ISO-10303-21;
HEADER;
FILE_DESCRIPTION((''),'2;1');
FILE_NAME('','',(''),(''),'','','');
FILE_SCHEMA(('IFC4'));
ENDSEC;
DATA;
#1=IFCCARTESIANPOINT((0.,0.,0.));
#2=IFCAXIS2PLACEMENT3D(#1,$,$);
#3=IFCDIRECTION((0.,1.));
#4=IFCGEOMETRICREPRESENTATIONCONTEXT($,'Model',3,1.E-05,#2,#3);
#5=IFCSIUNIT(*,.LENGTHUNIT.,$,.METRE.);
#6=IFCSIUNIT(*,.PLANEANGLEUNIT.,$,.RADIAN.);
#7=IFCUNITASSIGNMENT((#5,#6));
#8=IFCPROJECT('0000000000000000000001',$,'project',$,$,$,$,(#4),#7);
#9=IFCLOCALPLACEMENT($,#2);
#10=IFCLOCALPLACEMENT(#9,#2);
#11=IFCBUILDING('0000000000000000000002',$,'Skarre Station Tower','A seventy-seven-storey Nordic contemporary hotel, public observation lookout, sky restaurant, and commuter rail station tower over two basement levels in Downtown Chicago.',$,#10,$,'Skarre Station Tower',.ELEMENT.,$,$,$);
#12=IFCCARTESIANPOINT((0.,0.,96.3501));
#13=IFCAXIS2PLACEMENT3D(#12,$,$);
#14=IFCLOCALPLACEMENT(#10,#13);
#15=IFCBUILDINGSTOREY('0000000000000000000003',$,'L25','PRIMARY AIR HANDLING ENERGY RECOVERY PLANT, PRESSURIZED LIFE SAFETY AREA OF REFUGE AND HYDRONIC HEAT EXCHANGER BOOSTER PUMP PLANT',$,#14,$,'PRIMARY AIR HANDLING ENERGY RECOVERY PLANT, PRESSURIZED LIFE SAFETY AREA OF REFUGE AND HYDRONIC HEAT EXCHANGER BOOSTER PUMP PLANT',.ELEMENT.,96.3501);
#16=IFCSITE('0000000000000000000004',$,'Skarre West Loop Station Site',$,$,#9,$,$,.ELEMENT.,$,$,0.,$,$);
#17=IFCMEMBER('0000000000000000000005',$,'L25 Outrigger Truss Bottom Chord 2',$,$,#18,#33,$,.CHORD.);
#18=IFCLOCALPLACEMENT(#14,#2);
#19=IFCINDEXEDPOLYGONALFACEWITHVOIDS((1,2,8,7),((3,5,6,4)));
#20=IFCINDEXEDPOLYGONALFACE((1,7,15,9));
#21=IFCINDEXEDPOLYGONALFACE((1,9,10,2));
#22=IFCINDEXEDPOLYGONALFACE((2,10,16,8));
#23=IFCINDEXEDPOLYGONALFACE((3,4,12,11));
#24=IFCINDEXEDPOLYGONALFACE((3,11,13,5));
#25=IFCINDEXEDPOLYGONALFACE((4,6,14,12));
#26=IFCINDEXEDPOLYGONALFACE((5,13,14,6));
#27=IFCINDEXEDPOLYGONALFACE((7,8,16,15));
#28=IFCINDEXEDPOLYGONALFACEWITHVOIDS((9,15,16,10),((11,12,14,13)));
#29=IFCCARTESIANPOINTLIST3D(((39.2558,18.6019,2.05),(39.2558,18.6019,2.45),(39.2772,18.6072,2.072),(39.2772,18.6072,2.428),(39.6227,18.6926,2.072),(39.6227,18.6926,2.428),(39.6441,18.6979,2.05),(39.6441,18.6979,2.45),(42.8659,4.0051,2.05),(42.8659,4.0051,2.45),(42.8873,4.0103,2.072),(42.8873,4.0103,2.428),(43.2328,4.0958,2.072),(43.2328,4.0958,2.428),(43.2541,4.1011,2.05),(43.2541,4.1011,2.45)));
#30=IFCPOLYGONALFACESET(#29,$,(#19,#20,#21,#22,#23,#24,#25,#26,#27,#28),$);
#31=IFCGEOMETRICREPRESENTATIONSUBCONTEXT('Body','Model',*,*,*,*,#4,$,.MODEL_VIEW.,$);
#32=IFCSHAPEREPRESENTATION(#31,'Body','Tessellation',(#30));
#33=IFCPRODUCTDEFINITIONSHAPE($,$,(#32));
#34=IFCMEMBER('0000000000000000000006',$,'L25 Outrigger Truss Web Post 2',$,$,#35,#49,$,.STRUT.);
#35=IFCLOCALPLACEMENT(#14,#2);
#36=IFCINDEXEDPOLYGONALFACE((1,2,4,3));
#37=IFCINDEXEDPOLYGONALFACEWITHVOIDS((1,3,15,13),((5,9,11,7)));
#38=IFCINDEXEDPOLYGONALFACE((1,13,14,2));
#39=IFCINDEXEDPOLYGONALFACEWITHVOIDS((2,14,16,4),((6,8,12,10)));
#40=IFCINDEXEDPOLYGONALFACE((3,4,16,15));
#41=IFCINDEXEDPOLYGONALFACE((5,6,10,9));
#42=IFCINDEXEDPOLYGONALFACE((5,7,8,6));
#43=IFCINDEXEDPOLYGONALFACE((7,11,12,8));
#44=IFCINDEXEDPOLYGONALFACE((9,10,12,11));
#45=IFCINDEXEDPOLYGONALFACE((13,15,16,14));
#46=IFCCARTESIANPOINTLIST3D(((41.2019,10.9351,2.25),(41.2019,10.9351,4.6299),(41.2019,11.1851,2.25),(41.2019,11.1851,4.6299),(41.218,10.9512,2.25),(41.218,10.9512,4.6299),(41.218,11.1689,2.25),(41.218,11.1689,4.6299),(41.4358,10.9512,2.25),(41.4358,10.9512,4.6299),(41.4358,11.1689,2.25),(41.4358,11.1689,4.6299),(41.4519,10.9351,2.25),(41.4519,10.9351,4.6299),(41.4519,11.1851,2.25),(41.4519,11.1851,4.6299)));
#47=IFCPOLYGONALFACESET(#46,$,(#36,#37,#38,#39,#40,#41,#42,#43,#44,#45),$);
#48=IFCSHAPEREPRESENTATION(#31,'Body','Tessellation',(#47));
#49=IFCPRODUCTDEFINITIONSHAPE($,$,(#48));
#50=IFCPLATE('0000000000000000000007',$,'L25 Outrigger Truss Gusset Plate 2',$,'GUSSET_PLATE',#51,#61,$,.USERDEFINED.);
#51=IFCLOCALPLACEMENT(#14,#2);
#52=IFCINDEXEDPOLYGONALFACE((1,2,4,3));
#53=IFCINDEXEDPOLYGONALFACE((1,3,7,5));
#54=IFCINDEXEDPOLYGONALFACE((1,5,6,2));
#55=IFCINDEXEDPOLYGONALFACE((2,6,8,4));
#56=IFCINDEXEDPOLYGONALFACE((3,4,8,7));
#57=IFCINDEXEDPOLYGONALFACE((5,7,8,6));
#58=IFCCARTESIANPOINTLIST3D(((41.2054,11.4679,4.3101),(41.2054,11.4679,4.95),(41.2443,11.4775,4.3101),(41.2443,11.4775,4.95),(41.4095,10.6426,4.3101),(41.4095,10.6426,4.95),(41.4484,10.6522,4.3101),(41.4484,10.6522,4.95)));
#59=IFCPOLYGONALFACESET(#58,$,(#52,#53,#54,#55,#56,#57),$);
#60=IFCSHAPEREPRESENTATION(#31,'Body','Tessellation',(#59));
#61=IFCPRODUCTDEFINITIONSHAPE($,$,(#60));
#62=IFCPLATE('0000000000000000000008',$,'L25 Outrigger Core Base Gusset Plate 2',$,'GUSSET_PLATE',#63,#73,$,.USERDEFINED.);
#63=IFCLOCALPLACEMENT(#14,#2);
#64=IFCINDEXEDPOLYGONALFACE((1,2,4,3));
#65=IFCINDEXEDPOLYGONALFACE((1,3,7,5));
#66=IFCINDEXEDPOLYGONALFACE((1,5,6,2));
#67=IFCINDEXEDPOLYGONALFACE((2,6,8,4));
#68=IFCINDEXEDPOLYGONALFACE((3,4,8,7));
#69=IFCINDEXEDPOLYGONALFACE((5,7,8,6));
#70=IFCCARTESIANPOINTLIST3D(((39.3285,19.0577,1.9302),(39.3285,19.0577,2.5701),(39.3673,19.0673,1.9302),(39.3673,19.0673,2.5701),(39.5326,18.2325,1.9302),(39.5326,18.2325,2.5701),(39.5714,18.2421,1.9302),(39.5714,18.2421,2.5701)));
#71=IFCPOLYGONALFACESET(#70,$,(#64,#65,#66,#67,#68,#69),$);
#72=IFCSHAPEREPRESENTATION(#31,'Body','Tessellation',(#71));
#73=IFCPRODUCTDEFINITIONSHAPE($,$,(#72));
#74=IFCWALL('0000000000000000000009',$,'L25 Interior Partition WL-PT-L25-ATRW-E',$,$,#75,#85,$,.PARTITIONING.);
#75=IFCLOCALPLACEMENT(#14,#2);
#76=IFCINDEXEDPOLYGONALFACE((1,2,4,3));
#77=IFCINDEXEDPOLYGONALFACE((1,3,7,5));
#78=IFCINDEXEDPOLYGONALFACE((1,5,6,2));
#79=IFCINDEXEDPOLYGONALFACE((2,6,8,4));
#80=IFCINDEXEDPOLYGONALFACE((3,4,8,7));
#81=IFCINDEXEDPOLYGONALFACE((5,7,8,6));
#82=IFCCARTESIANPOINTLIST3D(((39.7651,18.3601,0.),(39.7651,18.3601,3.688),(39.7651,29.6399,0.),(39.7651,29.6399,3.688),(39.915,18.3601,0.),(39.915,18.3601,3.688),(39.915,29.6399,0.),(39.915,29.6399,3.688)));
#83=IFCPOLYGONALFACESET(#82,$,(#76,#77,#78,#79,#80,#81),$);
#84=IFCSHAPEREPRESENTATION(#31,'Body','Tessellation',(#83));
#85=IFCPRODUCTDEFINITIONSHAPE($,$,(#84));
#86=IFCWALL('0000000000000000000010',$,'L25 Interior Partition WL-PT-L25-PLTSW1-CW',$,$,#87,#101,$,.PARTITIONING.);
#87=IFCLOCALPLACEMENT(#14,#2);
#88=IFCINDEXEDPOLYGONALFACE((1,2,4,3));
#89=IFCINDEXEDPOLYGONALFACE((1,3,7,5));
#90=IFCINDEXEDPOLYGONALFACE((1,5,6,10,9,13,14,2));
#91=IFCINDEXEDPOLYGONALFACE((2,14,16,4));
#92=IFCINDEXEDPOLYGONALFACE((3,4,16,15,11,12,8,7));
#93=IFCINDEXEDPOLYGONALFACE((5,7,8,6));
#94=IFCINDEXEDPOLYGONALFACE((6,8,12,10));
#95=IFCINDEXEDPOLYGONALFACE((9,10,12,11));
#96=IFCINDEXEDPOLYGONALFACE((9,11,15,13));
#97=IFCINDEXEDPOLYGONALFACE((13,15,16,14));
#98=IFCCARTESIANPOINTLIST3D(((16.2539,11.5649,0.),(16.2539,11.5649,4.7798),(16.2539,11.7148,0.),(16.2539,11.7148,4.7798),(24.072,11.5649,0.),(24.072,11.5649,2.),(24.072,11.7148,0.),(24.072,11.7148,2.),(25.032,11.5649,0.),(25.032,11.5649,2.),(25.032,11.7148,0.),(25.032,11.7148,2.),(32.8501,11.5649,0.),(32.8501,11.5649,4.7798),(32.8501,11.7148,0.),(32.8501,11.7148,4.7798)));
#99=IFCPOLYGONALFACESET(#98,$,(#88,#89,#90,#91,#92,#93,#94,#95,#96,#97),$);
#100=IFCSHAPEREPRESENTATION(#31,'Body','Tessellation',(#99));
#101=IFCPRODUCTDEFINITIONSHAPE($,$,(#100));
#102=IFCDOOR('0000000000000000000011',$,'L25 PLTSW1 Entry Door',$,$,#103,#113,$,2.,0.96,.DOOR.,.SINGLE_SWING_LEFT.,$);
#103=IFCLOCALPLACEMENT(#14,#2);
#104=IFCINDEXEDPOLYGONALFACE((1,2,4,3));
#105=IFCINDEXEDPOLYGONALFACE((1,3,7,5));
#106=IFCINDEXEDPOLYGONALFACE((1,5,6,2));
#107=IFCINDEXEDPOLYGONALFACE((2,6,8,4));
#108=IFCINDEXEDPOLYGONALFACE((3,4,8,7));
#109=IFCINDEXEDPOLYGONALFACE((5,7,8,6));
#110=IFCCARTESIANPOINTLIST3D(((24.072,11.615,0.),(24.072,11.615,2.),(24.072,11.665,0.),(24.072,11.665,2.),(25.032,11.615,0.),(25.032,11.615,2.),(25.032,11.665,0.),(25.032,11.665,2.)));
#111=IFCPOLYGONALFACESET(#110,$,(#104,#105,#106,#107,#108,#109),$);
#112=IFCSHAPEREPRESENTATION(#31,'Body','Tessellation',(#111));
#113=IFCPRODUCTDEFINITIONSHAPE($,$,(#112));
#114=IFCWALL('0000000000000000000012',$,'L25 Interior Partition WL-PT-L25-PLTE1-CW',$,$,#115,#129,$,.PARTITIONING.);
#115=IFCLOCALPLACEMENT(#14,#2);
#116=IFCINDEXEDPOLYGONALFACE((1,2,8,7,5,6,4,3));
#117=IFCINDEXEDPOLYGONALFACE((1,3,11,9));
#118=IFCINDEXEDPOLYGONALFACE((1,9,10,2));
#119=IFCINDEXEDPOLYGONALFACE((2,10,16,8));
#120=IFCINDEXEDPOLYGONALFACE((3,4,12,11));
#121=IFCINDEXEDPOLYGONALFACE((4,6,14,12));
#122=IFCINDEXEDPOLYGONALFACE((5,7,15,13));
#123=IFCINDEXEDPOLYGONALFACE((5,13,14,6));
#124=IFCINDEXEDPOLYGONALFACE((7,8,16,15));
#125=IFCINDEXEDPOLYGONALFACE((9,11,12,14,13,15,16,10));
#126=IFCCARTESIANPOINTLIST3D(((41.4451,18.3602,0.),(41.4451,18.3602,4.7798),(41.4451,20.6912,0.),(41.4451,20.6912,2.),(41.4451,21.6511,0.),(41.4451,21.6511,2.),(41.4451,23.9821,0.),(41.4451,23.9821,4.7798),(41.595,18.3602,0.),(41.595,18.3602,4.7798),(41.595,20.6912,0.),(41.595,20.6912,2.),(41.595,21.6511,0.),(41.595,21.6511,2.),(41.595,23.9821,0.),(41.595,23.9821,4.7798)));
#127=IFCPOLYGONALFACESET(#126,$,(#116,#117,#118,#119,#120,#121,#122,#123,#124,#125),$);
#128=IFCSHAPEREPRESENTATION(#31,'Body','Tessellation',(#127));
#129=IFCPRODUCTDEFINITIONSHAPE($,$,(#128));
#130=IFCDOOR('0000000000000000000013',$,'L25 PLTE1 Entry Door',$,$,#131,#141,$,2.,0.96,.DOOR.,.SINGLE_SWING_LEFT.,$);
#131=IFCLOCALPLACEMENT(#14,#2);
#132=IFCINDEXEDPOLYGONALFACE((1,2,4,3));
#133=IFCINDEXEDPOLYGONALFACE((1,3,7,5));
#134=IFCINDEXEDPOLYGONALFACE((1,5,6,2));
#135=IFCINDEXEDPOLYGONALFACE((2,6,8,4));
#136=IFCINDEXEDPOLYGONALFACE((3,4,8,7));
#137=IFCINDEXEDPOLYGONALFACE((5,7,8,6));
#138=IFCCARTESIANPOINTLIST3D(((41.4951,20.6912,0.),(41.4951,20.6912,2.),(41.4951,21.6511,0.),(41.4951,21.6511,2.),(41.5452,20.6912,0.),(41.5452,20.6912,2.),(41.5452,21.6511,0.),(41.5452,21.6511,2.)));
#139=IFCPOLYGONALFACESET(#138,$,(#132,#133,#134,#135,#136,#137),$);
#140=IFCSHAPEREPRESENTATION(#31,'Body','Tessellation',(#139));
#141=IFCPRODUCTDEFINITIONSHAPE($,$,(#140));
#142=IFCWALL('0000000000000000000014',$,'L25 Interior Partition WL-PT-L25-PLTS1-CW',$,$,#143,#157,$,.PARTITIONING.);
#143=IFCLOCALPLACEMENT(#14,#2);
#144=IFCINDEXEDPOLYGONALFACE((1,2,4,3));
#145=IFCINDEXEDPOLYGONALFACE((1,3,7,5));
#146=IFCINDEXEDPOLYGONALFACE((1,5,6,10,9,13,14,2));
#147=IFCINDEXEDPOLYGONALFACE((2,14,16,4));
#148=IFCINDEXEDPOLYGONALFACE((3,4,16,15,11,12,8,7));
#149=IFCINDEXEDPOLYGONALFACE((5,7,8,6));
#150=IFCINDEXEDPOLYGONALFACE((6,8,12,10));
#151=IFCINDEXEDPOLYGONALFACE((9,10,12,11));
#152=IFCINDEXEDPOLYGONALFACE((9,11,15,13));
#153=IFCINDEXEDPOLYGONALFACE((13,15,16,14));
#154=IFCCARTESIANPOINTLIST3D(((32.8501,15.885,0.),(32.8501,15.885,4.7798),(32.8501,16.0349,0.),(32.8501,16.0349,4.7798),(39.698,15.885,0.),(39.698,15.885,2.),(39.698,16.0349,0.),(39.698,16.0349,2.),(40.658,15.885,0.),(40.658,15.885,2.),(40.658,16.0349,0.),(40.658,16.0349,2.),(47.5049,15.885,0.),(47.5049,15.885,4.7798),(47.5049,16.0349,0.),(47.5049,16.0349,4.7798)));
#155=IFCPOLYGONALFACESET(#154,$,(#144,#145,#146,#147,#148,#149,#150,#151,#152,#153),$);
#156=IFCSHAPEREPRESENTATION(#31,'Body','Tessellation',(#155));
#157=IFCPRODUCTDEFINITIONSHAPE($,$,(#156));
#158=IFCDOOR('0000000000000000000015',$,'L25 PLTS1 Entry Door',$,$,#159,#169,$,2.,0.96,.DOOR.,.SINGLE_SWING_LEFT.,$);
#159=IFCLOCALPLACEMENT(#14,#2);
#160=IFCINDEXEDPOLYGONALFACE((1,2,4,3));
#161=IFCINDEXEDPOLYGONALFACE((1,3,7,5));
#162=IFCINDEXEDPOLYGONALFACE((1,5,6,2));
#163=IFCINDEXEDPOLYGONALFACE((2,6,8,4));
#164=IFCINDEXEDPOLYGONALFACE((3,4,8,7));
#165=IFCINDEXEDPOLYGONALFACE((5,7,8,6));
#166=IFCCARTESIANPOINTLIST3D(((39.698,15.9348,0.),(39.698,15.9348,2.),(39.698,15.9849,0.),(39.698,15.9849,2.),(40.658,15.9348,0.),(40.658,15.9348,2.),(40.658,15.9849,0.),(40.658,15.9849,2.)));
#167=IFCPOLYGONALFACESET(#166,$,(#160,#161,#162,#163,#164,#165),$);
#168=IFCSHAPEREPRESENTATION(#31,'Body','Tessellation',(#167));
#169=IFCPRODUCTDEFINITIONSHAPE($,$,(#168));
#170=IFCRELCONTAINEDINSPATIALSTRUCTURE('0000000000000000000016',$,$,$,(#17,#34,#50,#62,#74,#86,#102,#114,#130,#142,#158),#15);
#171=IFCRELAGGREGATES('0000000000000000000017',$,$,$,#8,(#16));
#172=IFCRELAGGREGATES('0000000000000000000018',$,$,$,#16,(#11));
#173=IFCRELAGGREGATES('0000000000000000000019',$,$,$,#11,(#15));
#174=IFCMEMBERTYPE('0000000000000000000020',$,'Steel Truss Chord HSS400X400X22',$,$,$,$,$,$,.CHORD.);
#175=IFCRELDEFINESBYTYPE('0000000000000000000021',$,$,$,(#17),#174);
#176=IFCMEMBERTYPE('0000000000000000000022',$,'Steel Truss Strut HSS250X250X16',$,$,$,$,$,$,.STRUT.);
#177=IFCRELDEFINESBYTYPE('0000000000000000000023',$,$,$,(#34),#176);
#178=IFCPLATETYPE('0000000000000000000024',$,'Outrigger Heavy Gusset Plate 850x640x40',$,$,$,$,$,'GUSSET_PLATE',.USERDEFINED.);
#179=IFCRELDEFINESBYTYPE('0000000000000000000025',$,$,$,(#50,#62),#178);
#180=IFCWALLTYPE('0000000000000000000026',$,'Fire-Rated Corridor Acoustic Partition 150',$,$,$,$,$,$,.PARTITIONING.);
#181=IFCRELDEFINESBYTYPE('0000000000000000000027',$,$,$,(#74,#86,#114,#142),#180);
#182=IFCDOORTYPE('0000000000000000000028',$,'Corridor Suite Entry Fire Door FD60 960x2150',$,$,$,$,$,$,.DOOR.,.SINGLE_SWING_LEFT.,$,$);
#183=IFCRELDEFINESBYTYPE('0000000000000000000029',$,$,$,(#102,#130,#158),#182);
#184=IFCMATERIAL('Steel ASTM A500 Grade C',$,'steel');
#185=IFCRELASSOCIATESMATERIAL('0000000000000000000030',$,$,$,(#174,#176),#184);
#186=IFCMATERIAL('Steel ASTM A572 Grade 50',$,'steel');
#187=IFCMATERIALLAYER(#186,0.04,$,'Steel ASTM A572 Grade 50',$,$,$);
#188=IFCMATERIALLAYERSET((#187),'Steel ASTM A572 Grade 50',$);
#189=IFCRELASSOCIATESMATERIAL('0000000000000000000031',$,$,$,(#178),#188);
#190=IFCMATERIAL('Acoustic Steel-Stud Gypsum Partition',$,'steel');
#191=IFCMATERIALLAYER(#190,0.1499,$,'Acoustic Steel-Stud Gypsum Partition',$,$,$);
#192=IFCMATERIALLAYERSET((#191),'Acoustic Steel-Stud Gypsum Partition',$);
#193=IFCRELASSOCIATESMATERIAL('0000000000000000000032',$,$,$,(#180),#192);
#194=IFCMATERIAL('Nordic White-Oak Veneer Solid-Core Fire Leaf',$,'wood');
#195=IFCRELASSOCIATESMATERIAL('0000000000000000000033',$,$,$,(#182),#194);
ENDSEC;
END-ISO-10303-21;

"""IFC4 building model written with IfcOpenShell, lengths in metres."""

from ifc_helpers import new_model, si_unit, direction, frame, frame_2d, origin, origin_2d, place, context, subcontext, project, spatial, rectangle, hollow_rectangle, extrude, material, layer, layer_set, material_profile, profile_set, type_object, element, fill, save


model = new_model("IFC4")

# Units and contexts
model_context = context("Model", 3, precision=1e-05, world=origin(), true_north=direction((0.0, 1.0)))
body_context = subcontext(model_context, "Body", "Model", "MODEL_VIEW")
ifc_project = project(units=[si_unit("LENGTHUNIT", "METRE"), si_unit("PLANEANGLEUNIT", "RADIAN")], contexts=[model_context])

# Site, building, storey
site_placement = place(None, origin())
site = spatial("IfcSite", under=ifc_project, at=site_placement, Name="Skarre West Loop Station Site", CompositionType="ELEMENT", RefElevation=0.0)
building_placement = place(site_placement, origin())
building = spatial("IfcBuilding", under=site, at=building_placement, Name="Skarre Station Tower", Description="A seventy-seven-storey Nordic contemporary hotel, public observation lookout, sky restaurant, and commuter rail station tower over two basement levels in Downtown Chicago.", LongName="Skarre Station Tower", CompositionType="ELEMENT")
storey_placement = place(building_placement, frame((0.0, 0.0, 96.3501)))
storey = spatial("IfcBuildingStorey", under=building, at=storey_placement, Name="L25", Description="PRIMARY AIR HANDLING ENERGY RECOVERY PLANT, PRESSURIZED LIFE SAFETY AREA OF REFUGE AND HYDRONIC HEAT EXCHANGER BOOSTER PUMP PLANT", LongName="PRIMARY AIR HANDLING ENERGY RECOVERY PLANT, PRESSURIZED LIFE SAFETY AREA OF REFUGE AND HYDRONIC HEAT EXCHANGER BOOSTER PUMP PLANT", CompositionType="ELEMENT", Elevation=96.3501)

# Members
ifc_material_1 = material(Name="Steel ASTM A500 Grade C", Category="steel")
ifc_material_profile_1 = material_profile(ifc_material_1, hollow_rectangle(XDim=0.3999, YDim=0.3999, WallThickness=0.022, at=origin_2d()), Name="Steel ASTM A500 Grade C")
ifc_profile_set_1 = profile_set([ifc_material_profile_1], Name="Steel ASTM A500 Grade C")
member_type_1 = type_object("IfcMemberType", Name="Steel Truss Chord HSS400X400X22", PredefinedType="CHORD", material=ifc_profile_set_1)
member_1_placement = place(storey_placement, frame((39.45, 18.6499, 2.25), z_axis=(0.240086, -0.970752, 0.0), x_axis=(0.970752, 0.240086, 0.0)))
element("IfcMember", 1, at=member_1_placement, inside=storey, type_object=member_type_1, Name="L25 Outrigger Truss Bottom Chord 2", PredefinedType="CHORD", context=body_context, shape_type="SweptSolid", body=[
    extrude(hollow_rectangle(XDim=0.3999, YDim=0.3999, WallThickness=0.022, at=origin_2d()), origin(), (0.0, 0.0, 1.0), 15.0366),
])
ifc_material_profile_2 = material_profile(ifc_material_1, hollow_rectangle(XDim=0.25, YDim=0.25, WallThickness=0.0161, at=origin_2d()), Name="Steel ASTM A500 Grade C")
ifc_profile_set_2 = profile_set([ifc_material_profile_2], Name="Steel ASTM A500 Grade C")
member_type_2 = type_object("IfcMemberType", Name="Steel Truss Strut HSS250X250X16", PredefinedType="STRUT", material=ifc_profile_set_2)
member_2_placement = place(storey_placement, frame((41.3269, 11.0601, 2.25), z_axis=(0.0, 0.0, 1.0), x_axis=(1.0, 0.0, 0.0)))
element("IfcMember", 2, at=member_2_placement, inside=storey, type_object=member_type_2, Name="L25 Outrigger Truss Web Post 2", PredefinedType="STRUT", context=body_context, shape_type="SweptSolid", body=[
    extrude(hollow_rectangle(XDim=0.25, YDim=0.25, WallThickness=0.0161, at=origin_2d()), origin(), (0.0, 0.0, 1.0), 2.3799),
])

# Plates
ifc_material_2 = material(Name="Steel ASTM A572 Grade 50", Category="steel")
ifc_layer_1 = layer(ifc_material_2, 0.04, Name="Steel ASTM A572 Grade 50")
ifc_layer_set_1 = layer_set([ifc_layer_1], Name="Steel ASTM A572 Grade 50")
plate_type = type_object("IfcPlateType", Name="Outrigger Heavy Gusset Plate 850x640x40", ElementType="GUSSET_PLATE", PredefinedType="USERDEFINED", material=ifc_layer_set_1)
for number, where, z_axis, x_axis, name in (
    (3, (41.3269, 11.0601, 4.3101), (0.0, 0.0, 1.0), (0.240076, -0.970754, 0.0), "L25 Outrigger Truss Gusset Plate 2"),
    (4, (39.45, 18.6499, 1.9302), (0.0, 0.0, 1.0), (0.240076, -0.970754, 0.0), "L25 Outrigger Core Base Gusset Plate 2"),
):
    element("IfcPlate", number, at=place(storey_placement, frame(where, z_axis=z_axis, x_axis=x_axis)), inside=storey, type_object=plate_type, Name=name, ObjectType="GUSSET_PLATE", PredefinedType="USERDEFINED", context=body_context, shape_type="SweptSolid", body=[
        extrude(rectangle(XDim=0.8501, YDim=0.04, at=origin_2d()), origin(), (0.0, 0.0, 1.0), 0.6399),
    ])

# Wall
ifc_material_3 = material(Name="Acoustic Steel-Stud Gypsum Partition", Category="steel")
ifc_layer_2 = layer(ifc_material_3, 0.1499, Name="Acoustic Steel-Stud Gypsum Partition")
ifc_layer_set_2 = layer_set([ifc_layer_2], Name="Acoustic Steel-Stud Gypsum Partition")
wall_type_1 = type_object("IfcWallType", Name="Fire-Rated Corridor Acoustic Partition 150", PredefinedType="PARTITIONING", material=ifc_layer_set_2)
wall_1_placement = place(storey_placement, frame((39.8401, 18.3601, 0.0), z_axis=(0.0, 0.0, 1.0), x_axis=(0.0, 1.0, 0.0)))
element("IfcWall", 5, at=wall_1_placement, inside=storey, type_object=wall_type_1, Name="L25 Interior Partition WL-PT-L25-ATRW-E", PredefinedType="PARTITIONING", context=body_context, shape_type="SweptSolid", body=[
    extrude(rectangle(XDim=11.2798, YDim=0.1499, at=frame_2d((5.6399, 0.0))), origin(), (0.0, 0.0, 1.0), 3.688),
])

# Walls, openings, doors
wall_2_placement = place(storey_placement, frame((32.8501, 11.6399, 0.0), z_axis=(0.0, 0.0, 1.0), x_axis=(-1.0, 0.0, 0.0)))
wall_2 = element("IfcWall", 6, at=wall_2_placement, inside=storey, type_object=wall_type_1, Name="L25 Interior Partition WL-PT-L25-PLTSW1-CW", PredefinedType="PARTITIONING", context=body_context, shape_type="SweptSolid", body=[
    extrude(rectangle(XDim=16.5962, YDim=0.1499, at=frame_2d((8.2981, 0.0))), origin(), (0.0, 0.0, 1.0), 4.7798),
])
opening_1_placement = place(wall_2_placement, frame((7.8181, 0.0, 0.0)))
opening_1 = element("IfcOpeningElement", 7, at=opening_1_placement, cuts=wall_2, PredefinedType="OPENING", context=body_context, shape_type="SweptSolid", body=[
    extrude(rectangle(XDim=0.96, YDim=2.0, at=frame_2d((0.48, 1.0))), frame((0.0, 0.085, 0.0), z_axis=(0.0, -1.0, 0.0), x_axis=(1.0, 0.0, 0.0)), (0.0, 0.0, 1.0), 0.1699),
])
ifc_material_4 = material(Name="Nordic White-Oak Veneer Solid-Core Fire Leaf", Category="wood")
door_type_1 = type_object("IfcDoorType", Name="Corridor Suite Entry Fire Door FD60 960x2150", OperationType="SINGLE_SWING_LEFT", PredefinedType="DOOR", material=ifc_material_4)
door_1_placement = place(opening_1_placement, origin())
door_1 = element("IfcDoor", 8, at=door_1_placement, inside=storey, type_object=door_type_1, Name="L25 PLTSW1 Entry Door", OperationType="SINGLE_SWING_LEFT", OverallHeight=2.0, OverallWidth=0.96, PredefinedType="DOOR", context=body_context, shape_type="SweptSolid", body=[
    extrude(rectangle(XDim=0.96, YDim=2.0, at=frame_2d((0.48, 1.0))), frame((0.0, 0.0249, 0.0), z_axis=(0.0, -1.0, 0.0), x_axis=(1.0, 0.0, 0.0)), (0.0, 0.0, 1.0), 0.05),
])
fill(opening_1, door_1)
wall_3_placement = place(storey_placement, frame((41.52, 18.3601, 0.0), z_axis=(0.0, 0.0, 1.0), x_axis=(0.0, 1.0, 0.0)))
wall_3 = element("IfcWall", 9, at=wall_3_placement, inside=storey, type_object=wall_type_1, Name="L25 Interior Partition WL-PT-L25-PLTE1-CW", PredefinedType="PARTITIONING", context=body_context, shape_type="SweptSolid", body=[
    extrude(rectangle(XDim=5.6218, YDim=0.1499, at=frame_2d((2.811, 0.0))), origin(), (0.0, 0.0, 1.0), 4.7798),
])
opening_2_placement = place(wall_3_placement, frame((2.3311, 0.0, 0.0)))
opening_2 = element("IfcOpeningElement", 10, at=opening_2_placement, cuts=wall_3, PredefinedType="OPENING", context=body_context, shape_type="SweptSolid", body=[
    extrude(rectangle(XDim=0.96, YDim=2.0, at=frame_2d((0.48, 1.0))), frame((0.0, 0.085, 0.0), z_axis=(0.0, -1.0, 0.0), x_axis=(1.0, 0.0, 0.0)), (0.0, 0.0, 1.0), 0.1699),
])
door_2_placement = place(opening_2_placement, origin())
door_2 = element("IfcDoor", 11, at=door_2_placement, inside=storey, type_object=door_type_1, Name="L25 PLTE1 Entry Door", OperationType="SINGLE_SWING_LEFT", OverallHeight=2.0, OverallWidth=0.96, PredefinedType="DOOR", context=body_context, shape_type="SweptSolid", body=[
    extrude(rectangle(XDim=0.96, YDim=2.0, at=frame_2d((0.48, 1.0))), frame((0.0, 0.0249, 0.0), z_axis=(0.0, -1.0, 0.0), x_axis=(1.0, 0.0, 0.0)), (0.0, 0.0, 1.0), 0.05),
])
fill(opening_2, door_2)
wall_4_placement = place(storey_placement, frame((32.8501, 15.96, 0.0), z_axis=(0.0, 0.0, 1.0), x_axis=(1.0, 0.0, 0.0)))
wall_4 = element("IfcWall", 12, at=wall_4_placement, inside=storey, type_object=wall_type_1, Name="L25 Interior Partition WL-PT-L25-PLTS1-CW", PredefinedType="PARTITIONING", context=body_context, shape_type="SweptSolid", body=[
    extrude(rectangle(XDim=14.6548, YDim=0.1499, at=frame_2d((7.3274, 0.0))), origin(), (0.0, 0.0, 1.0), 4.7798),
])
opening_3_placement = place(wall_4_placement, frame((6.8479, 0.0, 0.0)))
opening_3 = element("IfcOpeningElement", 13, at=opening_3_placement, cuts=wall_4, PredefinedType="OPENING", context=body_context, shape_type="SweptSolid", body=[
    extrude(rectangle(XDim=0.96, YDim=2.0, at=frame_2d((0.48, 1.0))), frame((0.0, 0.085, 0.0), z_axis=(0.0, -1.0, 0.0), x_axis=(1.0, 0.0, 0.0)), (0.0, 0.0, 1.0), 0.1699),
])
door_3_placement = place(opening_3_placement, origin())
door_3 = element("IfcDoor", 14, at=door_3_placement, inside=storey, type_object=door_type_1, Name="L25 PLTS1 Entry Door", OperationType="SINGLE_SWING_LEFT", OverallHeight=2.0, OverallWidth=0.96, PredefinedType="DOOR", context=body_context, shape_type="SweptSolid", body=[
    extrude(rectangle(XDim=0.96, YDim=2.0, at=frame_2d((0.48, 1.0))), frame((0.0, 0.0249, 0.0), z_axis=(0.0, -1.0, 0.0), x_axis=(1.0, 0.0, 0.0)), (0.0, 0.0, 1.0), 0.05),
])
fill(opening_3, door_3)

save(model, "model.ifc")
